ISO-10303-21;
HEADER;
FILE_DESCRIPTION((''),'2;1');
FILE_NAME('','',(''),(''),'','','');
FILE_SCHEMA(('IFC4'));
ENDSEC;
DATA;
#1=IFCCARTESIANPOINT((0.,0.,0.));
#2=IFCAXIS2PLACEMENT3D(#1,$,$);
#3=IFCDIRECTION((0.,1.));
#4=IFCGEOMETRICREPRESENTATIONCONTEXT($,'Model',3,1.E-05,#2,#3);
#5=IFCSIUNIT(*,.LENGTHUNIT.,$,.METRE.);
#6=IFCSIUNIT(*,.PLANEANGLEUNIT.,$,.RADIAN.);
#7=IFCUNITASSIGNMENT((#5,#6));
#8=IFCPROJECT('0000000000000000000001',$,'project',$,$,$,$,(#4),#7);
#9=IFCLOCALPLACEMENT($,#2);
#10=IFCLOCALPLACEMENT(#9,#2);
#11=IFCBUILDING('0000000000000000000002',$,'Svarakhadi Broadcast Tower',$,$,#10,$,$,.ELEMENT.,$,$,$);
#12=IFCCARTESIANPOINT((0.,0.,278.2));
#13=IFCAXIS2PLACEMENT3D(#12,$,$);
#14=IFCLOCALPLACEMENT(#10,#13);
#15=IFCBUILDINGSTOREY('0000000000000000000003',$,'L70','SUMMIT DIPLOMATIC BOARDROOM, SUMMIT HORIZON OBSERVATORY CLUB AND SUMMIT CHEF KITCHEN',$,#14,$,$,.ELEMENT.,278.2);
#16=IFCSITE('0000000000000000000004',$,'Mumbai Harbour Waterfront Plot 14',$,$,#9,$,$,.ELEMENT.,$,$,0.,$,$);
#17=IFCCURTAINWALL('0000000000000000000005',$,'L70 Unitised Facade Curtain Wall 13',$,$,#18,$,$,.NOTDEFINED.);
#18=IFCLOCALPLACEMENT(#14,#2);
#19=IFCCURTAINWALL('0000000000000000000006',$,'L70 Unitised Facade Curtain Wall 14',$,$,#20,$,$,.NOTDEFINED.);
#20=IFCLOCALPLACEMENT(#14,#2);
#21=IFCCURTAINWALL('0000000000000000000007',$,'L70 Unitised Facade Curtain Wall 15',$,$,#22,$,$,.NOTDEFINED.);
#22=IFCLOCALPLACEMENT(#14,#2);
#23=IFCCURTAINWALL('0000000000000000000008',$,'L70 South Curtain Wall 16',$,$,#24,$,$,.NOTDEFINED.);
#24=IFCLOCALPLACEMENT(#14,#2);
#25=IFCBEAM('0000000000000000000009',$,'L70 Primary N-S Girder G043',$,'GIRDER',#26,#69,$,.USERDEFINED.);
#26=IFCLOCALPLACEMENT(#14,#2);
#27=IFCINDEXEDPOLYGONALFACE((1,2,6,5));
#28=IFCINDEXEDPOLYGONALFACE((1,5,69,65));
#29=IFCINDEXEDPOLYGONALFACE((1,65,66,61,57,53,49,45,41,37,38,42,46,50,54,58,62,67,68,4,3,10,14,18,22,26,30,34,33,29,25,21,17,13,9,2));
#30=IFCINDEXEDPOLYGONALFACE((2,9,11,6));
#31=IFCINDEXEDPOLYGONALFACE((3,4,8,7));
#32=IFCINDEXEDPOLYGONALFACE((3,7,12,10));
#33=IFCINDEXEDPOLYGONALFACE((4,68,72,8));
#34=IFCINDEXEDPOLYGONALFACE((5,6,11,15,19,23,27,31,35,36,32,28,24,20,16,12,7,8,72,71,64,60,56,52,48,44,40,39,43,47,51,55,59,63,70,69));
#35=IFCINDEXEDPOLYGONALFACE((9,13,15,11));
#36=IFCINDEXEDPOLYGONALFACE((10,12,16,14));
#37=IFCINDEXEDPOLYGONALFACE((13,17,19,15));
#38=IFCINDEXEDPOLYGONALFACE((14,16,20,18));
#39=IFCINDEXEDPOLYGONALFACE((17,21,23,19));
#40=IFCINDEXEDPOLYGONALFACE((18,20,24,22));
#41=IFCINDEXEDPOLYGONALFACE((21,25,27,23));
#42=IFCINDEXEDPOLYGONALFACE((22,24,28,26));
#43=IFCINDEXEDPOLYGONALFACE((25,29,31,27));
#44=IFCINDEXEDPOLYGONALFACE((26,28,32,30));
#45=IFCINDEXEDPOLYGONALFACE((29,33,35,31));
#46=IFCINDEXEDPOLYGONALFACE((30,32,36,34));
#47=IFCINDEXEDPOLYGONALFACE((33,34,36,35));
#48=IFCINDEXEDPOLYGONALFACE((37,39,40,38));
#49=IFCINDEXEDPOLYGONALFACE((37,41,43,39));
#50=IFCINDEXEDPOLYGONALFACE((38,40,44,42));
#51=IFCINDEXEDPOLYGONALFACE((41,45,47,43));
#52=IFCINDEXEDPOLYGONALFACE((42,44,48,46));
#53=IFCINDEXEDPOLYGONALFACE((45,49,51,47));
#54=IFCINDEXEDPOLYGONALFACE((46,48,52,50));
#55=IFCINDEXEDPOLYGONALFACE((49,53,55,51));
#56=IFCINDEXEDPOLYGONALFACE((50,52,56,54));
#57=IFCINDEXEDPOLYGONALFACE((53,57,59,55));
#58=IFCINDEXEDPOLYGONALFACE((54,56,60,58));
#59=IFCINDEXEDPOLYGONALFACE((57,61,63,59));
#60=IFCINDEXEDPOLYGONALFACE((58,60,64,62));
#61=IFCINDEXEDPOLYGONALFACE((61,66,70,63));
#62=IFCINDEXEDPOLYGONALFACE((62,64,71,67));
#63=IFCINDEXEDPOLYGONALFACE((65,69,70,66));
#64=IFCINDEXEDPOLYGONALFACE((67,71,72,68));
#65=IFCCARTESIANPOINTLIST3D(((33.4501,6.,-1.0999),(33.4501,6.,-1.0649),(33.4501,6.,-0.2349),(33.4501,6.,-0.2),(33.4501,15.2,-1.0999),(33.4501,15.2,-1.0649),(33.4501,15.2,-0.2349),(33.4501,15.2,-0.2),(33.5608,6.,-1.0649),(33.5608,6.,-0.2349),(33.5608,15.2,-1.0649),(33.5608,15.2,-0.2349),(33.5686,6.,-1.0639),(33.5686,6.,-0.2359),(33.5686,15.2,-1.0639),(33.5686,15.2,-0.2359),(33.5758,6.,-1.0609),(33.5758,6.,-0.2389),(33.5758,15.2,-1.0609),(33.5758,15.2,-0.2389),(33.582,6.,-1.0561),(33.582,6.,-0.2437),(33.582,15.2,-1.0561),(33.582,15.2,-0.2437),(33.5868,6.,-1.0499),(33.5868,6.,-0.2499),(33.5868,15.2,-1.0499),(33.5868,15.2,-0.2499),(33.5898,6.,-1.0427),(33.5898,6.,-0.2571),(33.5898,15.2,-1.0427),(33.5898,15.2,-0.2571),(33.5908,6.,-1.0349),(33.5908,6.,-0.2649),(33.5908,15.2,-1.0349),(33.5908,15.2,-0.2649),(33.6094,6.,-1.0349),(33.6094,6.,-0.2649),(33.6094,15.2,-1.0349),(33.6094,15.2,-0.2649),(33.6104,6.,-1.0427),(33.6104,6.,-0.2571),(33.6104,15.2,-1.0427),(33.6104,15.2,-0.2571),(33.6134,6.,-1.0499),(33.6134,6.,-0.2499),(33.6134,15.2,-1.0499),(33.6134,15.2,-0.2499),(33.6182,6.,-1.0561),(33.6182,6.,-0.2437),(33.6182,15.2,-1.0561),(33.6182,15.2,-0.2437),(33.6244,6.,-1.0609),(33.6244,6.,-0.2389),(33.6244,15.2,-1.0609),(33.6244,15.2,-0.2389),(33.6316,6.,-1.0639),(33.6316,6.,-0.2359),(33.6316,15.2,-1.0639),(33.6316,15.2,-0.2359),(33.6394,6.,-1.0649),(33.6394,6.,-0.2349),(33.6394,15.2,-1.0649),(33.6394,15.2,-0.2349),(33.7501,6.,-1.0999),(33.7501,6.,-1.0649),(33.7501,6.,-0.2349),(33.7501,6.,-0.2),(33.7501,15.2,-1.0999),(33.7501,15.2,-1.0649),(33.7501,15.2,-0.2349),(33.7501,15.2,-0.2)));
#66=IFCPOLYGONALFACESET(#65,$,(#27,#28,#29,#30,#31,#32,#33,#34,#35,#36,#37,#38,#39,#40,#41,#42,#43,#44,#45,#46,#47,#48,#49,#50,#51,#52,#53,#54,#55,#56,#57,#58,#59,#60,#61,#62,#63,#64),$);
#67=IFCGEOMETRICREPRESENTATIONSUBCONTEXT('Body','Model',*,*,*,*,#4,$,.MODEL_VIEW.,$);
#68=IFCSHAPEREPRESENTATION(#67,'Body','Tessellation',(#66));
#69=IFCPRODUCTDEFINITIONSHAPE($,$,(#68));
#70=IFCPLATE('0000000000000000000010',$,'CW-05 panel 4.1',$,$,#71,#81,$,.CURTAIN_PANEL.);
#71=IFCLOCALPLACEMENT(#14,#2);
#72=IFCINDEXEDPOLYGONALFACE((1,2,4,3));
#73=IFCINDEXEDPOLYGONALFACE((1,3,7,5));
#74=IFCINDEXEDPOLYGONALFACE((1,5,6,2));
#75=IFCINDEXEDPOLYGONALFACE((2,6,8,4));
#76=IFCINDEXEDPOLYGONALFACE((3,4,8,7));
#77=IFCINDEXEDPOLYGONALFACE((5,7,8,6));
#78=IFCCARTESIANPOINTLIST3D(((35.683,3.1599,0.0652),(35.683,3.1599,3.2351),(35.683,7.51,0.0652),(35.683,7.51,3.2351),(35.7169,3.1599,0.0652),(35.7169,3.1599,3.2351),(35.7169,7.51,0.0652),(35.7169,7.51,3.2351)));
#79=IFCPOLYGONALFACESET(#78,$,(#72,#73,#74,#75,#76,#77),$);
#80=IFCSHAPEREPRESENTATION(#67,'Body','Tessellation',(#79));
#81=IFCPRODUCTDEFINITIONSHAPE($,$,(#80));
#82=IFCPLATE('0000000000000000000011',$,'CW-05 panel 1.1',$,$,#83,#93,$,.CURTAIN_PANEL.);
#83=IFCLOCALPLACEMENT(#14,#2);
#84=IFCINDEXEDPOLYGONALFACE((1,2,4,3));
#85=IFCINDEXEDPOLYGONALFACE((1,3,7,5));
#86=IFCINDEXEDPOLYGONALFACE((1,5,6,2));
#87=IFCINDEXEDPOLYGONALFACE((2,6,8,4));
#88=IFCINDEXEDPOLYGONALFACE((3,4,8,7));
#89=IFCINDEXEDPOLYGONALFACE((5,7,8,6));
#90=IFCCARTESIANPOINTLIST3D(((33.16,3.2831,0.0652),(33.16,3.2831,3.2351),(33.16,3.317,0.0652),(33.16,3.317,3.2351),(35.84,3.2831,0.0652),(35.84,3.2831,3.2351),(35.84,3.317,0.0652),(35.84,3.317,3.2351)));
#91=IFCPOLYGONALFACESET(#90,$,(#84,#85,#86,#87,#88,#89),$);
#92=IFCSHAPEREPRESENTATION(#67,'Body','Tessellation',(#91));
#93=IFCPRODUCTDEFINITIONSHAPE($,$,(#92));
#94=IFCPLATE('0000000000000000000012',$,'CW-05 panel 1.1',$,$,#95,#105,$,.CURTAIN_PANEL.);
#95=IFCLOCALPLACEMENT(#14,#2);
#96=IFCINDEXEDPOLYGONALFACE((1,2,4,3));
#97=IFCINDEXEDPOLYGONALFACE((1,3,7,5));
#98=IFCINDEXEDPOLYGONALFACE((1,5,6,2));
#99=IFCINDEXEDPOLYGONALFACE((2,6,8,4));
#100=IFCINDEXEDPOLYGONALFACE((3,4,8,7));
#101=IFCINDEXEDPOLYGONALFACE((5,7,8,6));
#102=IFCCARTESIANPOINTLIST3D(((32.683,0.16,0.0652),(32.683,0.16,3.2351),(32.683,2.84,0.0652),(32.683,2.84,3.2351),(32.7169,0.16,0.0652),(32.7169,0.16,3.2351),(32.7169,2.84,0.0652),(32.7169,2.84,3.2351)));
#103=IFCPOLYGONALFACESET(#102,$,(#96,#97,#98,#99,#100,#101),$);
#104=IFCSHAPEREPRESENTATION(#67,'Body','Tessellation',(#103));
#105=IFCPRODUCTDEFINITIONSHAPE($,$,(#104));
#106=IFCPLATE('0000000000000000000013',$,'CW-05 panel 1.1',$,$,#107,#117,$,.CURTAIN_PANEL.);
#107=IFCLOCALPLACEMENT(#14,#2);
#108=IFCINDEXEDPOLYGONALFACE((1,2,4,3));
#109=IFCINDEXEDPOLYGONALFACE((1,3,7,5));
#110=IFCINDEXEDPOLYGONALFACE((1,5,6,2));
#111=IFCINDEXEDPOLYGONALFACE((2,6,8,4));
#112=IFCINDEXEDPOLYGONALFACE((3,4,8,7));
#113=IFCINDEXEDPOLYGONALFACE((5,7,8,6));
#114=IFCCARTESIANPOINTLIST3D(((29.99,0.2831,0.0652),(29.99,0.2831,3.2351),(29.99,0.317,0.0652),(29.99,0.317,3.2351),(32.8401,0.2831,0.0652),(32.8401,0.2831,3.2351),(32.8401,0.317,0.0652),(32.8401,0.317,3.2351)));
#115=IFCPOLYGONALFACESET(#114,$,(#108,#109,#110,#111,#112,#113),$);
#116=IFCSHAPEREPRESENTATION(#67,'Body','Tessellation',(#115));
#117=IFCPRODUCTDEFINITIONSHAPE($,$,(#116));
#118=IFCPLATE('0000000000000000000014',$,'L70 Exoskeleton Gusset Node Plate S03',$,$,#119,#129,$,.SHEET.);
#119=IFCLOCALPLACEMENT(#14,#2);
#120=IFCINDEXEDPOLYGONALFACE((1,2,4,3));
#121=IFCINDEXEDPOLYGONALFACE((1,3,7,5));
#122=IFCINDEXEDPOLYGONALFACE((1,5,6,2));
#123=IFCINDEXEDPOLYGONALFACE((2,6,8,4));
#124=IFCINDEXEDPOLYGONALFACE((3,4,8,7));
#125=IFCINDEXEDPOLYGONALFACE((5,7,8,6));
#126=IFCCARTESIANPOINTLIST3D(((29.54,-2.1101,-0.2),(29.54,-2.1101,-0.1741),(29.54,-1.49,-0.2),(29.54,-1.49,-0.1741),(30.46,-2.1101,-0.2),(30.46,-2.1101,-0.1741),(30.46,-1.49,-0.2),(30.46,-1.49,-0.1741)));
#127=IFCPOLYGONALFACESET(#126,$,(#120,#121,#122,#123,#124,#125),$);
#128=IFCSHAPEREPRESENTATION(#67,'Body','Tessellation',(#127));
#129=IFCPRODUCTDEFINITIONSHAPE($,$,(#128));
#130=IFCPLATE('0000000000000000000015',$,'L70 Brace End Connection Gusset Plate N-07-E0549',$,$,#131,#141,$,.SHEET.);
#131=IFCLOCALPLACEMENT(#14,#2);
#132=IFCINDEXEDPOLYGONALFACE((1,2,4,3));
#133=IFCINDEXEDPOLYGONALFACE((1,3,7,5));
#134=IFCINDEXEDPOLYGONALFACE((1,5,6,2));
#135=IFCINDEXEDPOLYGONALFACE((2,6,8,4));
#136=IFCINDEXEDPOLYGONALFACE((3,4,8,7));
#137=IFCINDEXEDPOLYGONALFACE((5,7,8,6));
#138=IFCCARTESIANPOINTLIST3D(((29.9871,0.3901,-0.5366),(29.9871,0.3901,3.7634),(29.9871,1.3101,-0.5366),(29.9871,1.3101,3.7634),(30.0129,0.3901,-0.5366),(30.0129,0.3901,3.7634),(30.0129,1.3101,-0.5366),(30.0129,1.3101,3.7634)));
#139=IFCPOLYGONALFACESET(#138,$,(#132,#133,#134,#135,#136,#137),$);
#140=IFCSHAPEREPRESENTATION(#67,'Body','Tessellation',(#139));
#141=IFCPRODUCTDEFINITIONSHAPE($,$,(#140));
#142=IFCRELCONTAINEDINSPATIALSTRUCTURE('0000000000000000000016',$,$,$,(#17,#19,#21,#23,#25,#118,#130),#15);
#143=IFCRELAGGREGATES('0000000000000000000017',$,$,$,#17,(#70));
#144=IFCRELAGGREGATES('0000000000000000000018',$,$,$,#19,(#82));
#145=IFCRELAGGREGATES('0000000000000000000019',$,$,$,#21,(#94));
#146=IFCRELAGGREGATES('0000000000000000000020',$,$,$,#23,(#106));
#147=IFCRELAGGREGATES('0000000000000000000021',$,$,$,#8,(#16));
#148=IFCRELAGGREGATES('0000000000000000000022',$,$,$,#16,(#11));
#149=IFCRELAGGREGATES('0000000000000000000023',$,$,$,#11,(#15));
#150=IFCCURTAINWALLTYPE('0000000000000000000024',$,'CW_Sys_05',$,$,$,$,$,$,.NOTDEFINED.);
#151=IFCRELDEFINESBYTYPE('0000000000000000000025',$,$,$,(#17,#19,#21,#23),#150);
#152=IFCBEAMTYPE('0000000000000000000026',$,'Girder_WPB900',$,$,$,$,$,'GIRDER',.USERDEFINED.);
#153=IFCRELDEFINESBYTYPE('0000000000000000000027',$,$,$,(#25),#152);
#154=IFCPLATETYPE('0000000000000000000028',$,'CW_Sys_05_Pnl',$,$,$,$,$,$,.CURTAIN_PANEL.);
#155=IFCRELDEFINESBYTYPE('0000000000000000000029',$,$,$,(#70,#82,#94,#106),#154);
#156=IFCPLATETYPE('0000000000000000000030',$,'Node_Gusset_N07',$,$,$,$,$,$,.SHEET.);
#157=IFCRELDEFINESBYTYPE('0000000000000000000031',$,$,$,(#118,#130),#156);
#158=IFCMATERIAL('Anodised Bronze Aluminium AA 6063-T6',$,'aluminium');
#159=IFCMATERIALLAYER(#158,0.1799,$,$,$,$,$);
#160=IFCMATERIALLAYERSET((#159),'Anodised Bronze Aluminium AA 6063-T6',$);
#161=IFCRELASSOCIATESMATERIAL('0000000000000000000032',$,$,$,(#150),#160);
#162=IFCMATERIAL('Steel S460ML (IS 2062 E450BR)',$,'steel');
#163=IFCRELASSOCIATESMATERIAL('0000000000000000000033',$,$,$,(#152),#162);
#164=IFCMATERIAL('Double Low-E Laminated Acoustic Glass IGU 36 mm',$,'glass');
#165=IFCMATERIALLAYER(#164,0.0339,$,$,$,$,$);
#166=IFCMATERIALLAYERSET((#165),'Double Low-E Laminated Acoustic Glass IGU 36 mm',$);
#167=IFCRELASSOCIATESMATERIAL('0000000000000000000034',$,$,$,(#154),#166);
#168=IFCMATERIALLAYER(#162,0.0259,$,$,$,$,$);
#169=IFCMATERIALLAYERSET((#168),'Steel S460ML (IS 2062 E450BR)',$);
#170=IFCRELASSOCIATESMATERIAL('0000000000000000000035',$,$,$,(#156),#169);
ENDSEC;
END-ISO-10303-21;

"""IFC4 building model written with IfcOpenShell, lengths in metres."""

from ifc_helpers import new_model, si_unit, direction, frame, origin, origin_2d, place, context, subcontext, project, spatial, rectangle, i_section, extrude, material, layer, layer_set, material_profile, profile_set, type_object, element, aggregate, save


model = new_model("IFC4")

# Units and contexts
model_context = context("Model", 3, precision=1e-05, world=origin(), true_north=direction((0.0, 1.0)))
body_context = subcontext(model_context, "Body", "Model", "MODEL_VIEW")
ifc_project = project(units=[si_unit("LENGTHUNIT", "METRE"), si_unit("PLANEANGLEUNIT", "RADIAN")], contexts=[model_context])

# Site, building, storey
site_placement = place(None, origin())
site = spatial("IfcSite", under=ifc_project, at=site_placement, Name="Mumbai Harbour Waterfront Plot 14", CompositionType="ELEMENT", RefElevation=0.0)
building_placement = place(site_placement, origin())
building = spatial("IfcBuilding", under=site, at=building_placement, Name="Svarakhadi Broadcast Tower", CompositionType="ELEMENT")
storey_placement = place(building_placement, frame((0.0, 0.0, 278.2)))
storey = spatial("IfcBuildingStorey", under=building, at=storey_placement, Name="L70", Description="SUMMIT DIPLOMATIC BOARDROOM, SUMMIT HORIZON OBSERVATORY CLUB AND SUMMIT CHEF KITCHEN", CompositionType="ELEMENT", Elevation=278.2)

# Shared definitions
ifc_material_1 = material(Name="Steel S460ML (IS 2062 E450BR)", Category="steel")

# Curtain wall
ifc_material_2 = material(Name="Anodised Bronze Aluminium AA 6063-T6", Category="aluminium")
ifc_layer_1 = layer(ifc_material_2, 0.1799)
ifc_layer_set_1 = layer_set([ifc_layer_1], Name="Anodised Bronze Aluminium AA 6063-T6")
curtain_wall_type = type_object("IfcCurtainWallType", Name="CW_Sys_05", PredefinedType="NOTDEFINED", material=ifc_layer_set_1)
curtain_wall_1_placement = place(storey_placement, origin())
curtain_wall_1 = element("IfcCurtainWall", 1, at=curtain_wall_1_placement, inside=storey, type_object=curtain_wall_type, Name="L70 Unitised Facade Curtain Wall 13", PredefinedType="NOTDEFINED")

# Curtain walls
curtain_wall_2_placement = place(storey_placement, origin())
curtain_wall_2 = element("IfcCurtainWall", 2, at=curtain_wall_2_placement, inside=storey, type_object=curtain_wall_type, Name="L70 Unitised Facade Curtain Wall 14", PredefinedType="NOTDEFINED")
curtain_wall_3_placement = place(storey_placement, origin())
curtain_wall_3 = element("IfcCurtainWall", 3, at=curtain_wall_3_placement, inside=storey, type_object=curtain_wall_type, Name="L70 Unitised Facade Curtain Wall 15", PredefinedType="NOTDEFINED")

# Curtain wall
curtain_wall_4_placement = place(storey_placement, origin())
curtain_wall_4 = element("IfcCurtainWall", 4, at=curtain_wall_4_placement, inside=storey, type_object=curtain_wall_type, Name="L70 South Curtain Wall 16", PredefinedType="NOTDEFINED")

# Beam
ifc_material_profile_1 = material_profile(ifc_material_1, i_section(OverallWidth=0.3, OverallDepth=0.8999, WebThickness=0.0186, FlangeThickness=0.0349, FilletRadius=0.03, at=origin_2d()), Name="WPB 900x300x291")
ifc_profile_set_1 = profile_set([ifc_material_profile_1], Name="Steel S460ML (IS 2062 E450BR)")
beam_type = type_object("IfcBeamType", Name="Girder_WPB900", ElementType="GIRDER", PredefinedType="USERDEFINED", material=ifc_profile_set_1)
beam_placement = place(storey_placement, frame((33.6001, 6.0, -0.6499), z_axis=(0.0, 1.0, 0.0), x_axis=(-1.0, 0.0, 0.0)))
element("IfcBeam", 5, at=beam_placement, inside=storey, type_object=beam_type, Name="L70 Primary N-S Girder G043", ObjectType="GIRDER", PredefinedType="USERDEFINED", context=body_context, shape_type="SweptSolid", body=[
    extrude(i_section(OverallWidth=0.3, OverallDepth=0.8999, WebThickness=0.0186, FlangeThickness=0.0349, FilletRadius=0.03, at=origin_2d()), origin(), (0.0, 0.0, 1.0), 9.2),
])

# Plates
ifc_material_3 = material(Name="Double Low-E Laminated Acoustic Glass IGU 36 mm", Category="glass")
ifc_layer_2 = layer(ifc_material_3, 0.0339)
ifc_layer_set_2 = layer_set([ifc_layer_2], Name="Double Low-E Laminated Acoustic Glass IGU 36 mm")
plate_type_1 = type_object("IfcPlateType", Name="CW_Sys_05_Pnl", PredefinedType="CURTAIN_PANEL", material=ifc_layer_set_2)
plate_1_placement = place(storey_placement, frame((35.7, 5.335, 0.0652), z_axis=(0.0, 0.0, 1.0), x_axis=(0.0, -1.0, 0.0)))
plate_1 = element("IfcPlate", 6, at=plate_1_placement, type_object=plate_type_1, Name="CW-05 panel 4.1", PredefinedType="CURTAIN_PANEL", context=body_context, shape_type="SweptSolid", body=[
    extrude(rectangle(XDim=4.3501, YDim=0.0339, at=origin_2d()), origin(), (0.0, 0.0, 1.0), 3.1699),
])
aggregate(curtain_wall_1, [plate_1])
plate_2_placement = place(storey_placement, frame((34.5, 3.3, 0.0652), z_axis=(0.0, 0.0, 1.0), x_axis=(-1.0, 0.0, 0.0)))
plate_2 = element("IfcPlate", 7, at=plate_2_placement, type_object=plate_type_1, Name="CW-05 panel 1.1", PredefinedType="CURTAIN_PANEL", context=body_context, shape_type="SweptSolid", body=[
    extrude(rectangle(XDim=2.6799, YDim=0.0339, at=origin_2d()), origin(), (0.0, 0.0, 1.0), 3.1699),
])
aggregate(curtain_wall_2, [plate_2])
plate_3_placement = place(storey_placement, frame((32.7, 1.5, 0.0652), z_axis=(0.0, 0.0, 1.0), x_axis=(0.0, -1.0, 0.0)))
plate_3 = element("IfcPlate", 8, at=plate_3_placement, type_object=plate_type_1, Name="CW-05 panel 1.1", PredefinedType="CURTAIN_PANEL", context=body_context, shape_type="SweptSolid", body=[
    extrude(rectangle(XDim=2.6799, YDim=0.0339, at=origin_2d()), origin(), (0.0, 0.0, 1.0), 3.1699),
])
aggregate(curtain_wall_3, [plate_3])
plate_4_placement = place(storey_placement, frame((31.415, 0.3, 0.0652), z_axis=(0.0, 0.0, 1.0), x_axis=(-1.0, 0.0, 0.0)))
plate_4 = element("IfcPlate", 9, at=plate_4_placement, type_object=plate_type_1, Name="CW-05 panel 1.1", PredefinedType="CURTAIN_PANEL", context=body_context, shape_type="SweptSolid", body=[
    extrude(rectangle(XDim=2.8501, YDim=0.0339, at=origin_2d()), origin(), (0.0, 0.0, 1.0), 3.1699),
])
aggregate(curtain_wall_4, [plate_4])

# Plates
ifc_layer_3 = layer(ifc_material_1, 0.0259)
ifc_layer_set_3 = layer_set([ifc_layer_3], Name="Steel S460ML (IS 2062 E450BR)")
plate_type_2 = type_object("IfcPlateType", Name="Node_Gusset_N07", PredefinedType="SHEET", material=ifc_layer_set_3)
plate_5_placement = place(storey_placement, frame((30.0, -1.8, -0.2), z_axis=(0.0, 0.0, 1.0), x_axis=(1.0, 0.0, 0.0)))
element("IfcPlate", 10, at=plate_5_placement, inside=storey, type_object=plate_type_2, Name="L70 Exoskeleton Gusset Node Plate S03", PredefinedType="SHEET", context=body_context, shape_type="SweptSolid", body=[
    extrude(rectangle(XDim=0.9199, YDim=0.6201, at=origin_2d()), origin(), (0.0, 0.0, 1.0), 0.0259),
])
plate_6_placement = place(storey_placement, frame((30.0, 0.8501, -0.5366), z_axis=(0.0, 0.0, 1.0), x_axis=(0.0, 1.0, 0.0)))
element("IfcPlate", 11, at=plate_6_placement, inside=storey, type_object=plate_type_2, Name="L70 Brace End Connection Gusset Plate N-07-E0549", PredefinedType="SHEET", context=body_context, shape_type="SweptSolid", body=[
    extrude(rectangle(XDim=0.9199, YDim=0.0259, at=origin_2d()), origin(), (0.0, 0.0, 1.0), 4.3),
])

save(model, "model.ifc")
